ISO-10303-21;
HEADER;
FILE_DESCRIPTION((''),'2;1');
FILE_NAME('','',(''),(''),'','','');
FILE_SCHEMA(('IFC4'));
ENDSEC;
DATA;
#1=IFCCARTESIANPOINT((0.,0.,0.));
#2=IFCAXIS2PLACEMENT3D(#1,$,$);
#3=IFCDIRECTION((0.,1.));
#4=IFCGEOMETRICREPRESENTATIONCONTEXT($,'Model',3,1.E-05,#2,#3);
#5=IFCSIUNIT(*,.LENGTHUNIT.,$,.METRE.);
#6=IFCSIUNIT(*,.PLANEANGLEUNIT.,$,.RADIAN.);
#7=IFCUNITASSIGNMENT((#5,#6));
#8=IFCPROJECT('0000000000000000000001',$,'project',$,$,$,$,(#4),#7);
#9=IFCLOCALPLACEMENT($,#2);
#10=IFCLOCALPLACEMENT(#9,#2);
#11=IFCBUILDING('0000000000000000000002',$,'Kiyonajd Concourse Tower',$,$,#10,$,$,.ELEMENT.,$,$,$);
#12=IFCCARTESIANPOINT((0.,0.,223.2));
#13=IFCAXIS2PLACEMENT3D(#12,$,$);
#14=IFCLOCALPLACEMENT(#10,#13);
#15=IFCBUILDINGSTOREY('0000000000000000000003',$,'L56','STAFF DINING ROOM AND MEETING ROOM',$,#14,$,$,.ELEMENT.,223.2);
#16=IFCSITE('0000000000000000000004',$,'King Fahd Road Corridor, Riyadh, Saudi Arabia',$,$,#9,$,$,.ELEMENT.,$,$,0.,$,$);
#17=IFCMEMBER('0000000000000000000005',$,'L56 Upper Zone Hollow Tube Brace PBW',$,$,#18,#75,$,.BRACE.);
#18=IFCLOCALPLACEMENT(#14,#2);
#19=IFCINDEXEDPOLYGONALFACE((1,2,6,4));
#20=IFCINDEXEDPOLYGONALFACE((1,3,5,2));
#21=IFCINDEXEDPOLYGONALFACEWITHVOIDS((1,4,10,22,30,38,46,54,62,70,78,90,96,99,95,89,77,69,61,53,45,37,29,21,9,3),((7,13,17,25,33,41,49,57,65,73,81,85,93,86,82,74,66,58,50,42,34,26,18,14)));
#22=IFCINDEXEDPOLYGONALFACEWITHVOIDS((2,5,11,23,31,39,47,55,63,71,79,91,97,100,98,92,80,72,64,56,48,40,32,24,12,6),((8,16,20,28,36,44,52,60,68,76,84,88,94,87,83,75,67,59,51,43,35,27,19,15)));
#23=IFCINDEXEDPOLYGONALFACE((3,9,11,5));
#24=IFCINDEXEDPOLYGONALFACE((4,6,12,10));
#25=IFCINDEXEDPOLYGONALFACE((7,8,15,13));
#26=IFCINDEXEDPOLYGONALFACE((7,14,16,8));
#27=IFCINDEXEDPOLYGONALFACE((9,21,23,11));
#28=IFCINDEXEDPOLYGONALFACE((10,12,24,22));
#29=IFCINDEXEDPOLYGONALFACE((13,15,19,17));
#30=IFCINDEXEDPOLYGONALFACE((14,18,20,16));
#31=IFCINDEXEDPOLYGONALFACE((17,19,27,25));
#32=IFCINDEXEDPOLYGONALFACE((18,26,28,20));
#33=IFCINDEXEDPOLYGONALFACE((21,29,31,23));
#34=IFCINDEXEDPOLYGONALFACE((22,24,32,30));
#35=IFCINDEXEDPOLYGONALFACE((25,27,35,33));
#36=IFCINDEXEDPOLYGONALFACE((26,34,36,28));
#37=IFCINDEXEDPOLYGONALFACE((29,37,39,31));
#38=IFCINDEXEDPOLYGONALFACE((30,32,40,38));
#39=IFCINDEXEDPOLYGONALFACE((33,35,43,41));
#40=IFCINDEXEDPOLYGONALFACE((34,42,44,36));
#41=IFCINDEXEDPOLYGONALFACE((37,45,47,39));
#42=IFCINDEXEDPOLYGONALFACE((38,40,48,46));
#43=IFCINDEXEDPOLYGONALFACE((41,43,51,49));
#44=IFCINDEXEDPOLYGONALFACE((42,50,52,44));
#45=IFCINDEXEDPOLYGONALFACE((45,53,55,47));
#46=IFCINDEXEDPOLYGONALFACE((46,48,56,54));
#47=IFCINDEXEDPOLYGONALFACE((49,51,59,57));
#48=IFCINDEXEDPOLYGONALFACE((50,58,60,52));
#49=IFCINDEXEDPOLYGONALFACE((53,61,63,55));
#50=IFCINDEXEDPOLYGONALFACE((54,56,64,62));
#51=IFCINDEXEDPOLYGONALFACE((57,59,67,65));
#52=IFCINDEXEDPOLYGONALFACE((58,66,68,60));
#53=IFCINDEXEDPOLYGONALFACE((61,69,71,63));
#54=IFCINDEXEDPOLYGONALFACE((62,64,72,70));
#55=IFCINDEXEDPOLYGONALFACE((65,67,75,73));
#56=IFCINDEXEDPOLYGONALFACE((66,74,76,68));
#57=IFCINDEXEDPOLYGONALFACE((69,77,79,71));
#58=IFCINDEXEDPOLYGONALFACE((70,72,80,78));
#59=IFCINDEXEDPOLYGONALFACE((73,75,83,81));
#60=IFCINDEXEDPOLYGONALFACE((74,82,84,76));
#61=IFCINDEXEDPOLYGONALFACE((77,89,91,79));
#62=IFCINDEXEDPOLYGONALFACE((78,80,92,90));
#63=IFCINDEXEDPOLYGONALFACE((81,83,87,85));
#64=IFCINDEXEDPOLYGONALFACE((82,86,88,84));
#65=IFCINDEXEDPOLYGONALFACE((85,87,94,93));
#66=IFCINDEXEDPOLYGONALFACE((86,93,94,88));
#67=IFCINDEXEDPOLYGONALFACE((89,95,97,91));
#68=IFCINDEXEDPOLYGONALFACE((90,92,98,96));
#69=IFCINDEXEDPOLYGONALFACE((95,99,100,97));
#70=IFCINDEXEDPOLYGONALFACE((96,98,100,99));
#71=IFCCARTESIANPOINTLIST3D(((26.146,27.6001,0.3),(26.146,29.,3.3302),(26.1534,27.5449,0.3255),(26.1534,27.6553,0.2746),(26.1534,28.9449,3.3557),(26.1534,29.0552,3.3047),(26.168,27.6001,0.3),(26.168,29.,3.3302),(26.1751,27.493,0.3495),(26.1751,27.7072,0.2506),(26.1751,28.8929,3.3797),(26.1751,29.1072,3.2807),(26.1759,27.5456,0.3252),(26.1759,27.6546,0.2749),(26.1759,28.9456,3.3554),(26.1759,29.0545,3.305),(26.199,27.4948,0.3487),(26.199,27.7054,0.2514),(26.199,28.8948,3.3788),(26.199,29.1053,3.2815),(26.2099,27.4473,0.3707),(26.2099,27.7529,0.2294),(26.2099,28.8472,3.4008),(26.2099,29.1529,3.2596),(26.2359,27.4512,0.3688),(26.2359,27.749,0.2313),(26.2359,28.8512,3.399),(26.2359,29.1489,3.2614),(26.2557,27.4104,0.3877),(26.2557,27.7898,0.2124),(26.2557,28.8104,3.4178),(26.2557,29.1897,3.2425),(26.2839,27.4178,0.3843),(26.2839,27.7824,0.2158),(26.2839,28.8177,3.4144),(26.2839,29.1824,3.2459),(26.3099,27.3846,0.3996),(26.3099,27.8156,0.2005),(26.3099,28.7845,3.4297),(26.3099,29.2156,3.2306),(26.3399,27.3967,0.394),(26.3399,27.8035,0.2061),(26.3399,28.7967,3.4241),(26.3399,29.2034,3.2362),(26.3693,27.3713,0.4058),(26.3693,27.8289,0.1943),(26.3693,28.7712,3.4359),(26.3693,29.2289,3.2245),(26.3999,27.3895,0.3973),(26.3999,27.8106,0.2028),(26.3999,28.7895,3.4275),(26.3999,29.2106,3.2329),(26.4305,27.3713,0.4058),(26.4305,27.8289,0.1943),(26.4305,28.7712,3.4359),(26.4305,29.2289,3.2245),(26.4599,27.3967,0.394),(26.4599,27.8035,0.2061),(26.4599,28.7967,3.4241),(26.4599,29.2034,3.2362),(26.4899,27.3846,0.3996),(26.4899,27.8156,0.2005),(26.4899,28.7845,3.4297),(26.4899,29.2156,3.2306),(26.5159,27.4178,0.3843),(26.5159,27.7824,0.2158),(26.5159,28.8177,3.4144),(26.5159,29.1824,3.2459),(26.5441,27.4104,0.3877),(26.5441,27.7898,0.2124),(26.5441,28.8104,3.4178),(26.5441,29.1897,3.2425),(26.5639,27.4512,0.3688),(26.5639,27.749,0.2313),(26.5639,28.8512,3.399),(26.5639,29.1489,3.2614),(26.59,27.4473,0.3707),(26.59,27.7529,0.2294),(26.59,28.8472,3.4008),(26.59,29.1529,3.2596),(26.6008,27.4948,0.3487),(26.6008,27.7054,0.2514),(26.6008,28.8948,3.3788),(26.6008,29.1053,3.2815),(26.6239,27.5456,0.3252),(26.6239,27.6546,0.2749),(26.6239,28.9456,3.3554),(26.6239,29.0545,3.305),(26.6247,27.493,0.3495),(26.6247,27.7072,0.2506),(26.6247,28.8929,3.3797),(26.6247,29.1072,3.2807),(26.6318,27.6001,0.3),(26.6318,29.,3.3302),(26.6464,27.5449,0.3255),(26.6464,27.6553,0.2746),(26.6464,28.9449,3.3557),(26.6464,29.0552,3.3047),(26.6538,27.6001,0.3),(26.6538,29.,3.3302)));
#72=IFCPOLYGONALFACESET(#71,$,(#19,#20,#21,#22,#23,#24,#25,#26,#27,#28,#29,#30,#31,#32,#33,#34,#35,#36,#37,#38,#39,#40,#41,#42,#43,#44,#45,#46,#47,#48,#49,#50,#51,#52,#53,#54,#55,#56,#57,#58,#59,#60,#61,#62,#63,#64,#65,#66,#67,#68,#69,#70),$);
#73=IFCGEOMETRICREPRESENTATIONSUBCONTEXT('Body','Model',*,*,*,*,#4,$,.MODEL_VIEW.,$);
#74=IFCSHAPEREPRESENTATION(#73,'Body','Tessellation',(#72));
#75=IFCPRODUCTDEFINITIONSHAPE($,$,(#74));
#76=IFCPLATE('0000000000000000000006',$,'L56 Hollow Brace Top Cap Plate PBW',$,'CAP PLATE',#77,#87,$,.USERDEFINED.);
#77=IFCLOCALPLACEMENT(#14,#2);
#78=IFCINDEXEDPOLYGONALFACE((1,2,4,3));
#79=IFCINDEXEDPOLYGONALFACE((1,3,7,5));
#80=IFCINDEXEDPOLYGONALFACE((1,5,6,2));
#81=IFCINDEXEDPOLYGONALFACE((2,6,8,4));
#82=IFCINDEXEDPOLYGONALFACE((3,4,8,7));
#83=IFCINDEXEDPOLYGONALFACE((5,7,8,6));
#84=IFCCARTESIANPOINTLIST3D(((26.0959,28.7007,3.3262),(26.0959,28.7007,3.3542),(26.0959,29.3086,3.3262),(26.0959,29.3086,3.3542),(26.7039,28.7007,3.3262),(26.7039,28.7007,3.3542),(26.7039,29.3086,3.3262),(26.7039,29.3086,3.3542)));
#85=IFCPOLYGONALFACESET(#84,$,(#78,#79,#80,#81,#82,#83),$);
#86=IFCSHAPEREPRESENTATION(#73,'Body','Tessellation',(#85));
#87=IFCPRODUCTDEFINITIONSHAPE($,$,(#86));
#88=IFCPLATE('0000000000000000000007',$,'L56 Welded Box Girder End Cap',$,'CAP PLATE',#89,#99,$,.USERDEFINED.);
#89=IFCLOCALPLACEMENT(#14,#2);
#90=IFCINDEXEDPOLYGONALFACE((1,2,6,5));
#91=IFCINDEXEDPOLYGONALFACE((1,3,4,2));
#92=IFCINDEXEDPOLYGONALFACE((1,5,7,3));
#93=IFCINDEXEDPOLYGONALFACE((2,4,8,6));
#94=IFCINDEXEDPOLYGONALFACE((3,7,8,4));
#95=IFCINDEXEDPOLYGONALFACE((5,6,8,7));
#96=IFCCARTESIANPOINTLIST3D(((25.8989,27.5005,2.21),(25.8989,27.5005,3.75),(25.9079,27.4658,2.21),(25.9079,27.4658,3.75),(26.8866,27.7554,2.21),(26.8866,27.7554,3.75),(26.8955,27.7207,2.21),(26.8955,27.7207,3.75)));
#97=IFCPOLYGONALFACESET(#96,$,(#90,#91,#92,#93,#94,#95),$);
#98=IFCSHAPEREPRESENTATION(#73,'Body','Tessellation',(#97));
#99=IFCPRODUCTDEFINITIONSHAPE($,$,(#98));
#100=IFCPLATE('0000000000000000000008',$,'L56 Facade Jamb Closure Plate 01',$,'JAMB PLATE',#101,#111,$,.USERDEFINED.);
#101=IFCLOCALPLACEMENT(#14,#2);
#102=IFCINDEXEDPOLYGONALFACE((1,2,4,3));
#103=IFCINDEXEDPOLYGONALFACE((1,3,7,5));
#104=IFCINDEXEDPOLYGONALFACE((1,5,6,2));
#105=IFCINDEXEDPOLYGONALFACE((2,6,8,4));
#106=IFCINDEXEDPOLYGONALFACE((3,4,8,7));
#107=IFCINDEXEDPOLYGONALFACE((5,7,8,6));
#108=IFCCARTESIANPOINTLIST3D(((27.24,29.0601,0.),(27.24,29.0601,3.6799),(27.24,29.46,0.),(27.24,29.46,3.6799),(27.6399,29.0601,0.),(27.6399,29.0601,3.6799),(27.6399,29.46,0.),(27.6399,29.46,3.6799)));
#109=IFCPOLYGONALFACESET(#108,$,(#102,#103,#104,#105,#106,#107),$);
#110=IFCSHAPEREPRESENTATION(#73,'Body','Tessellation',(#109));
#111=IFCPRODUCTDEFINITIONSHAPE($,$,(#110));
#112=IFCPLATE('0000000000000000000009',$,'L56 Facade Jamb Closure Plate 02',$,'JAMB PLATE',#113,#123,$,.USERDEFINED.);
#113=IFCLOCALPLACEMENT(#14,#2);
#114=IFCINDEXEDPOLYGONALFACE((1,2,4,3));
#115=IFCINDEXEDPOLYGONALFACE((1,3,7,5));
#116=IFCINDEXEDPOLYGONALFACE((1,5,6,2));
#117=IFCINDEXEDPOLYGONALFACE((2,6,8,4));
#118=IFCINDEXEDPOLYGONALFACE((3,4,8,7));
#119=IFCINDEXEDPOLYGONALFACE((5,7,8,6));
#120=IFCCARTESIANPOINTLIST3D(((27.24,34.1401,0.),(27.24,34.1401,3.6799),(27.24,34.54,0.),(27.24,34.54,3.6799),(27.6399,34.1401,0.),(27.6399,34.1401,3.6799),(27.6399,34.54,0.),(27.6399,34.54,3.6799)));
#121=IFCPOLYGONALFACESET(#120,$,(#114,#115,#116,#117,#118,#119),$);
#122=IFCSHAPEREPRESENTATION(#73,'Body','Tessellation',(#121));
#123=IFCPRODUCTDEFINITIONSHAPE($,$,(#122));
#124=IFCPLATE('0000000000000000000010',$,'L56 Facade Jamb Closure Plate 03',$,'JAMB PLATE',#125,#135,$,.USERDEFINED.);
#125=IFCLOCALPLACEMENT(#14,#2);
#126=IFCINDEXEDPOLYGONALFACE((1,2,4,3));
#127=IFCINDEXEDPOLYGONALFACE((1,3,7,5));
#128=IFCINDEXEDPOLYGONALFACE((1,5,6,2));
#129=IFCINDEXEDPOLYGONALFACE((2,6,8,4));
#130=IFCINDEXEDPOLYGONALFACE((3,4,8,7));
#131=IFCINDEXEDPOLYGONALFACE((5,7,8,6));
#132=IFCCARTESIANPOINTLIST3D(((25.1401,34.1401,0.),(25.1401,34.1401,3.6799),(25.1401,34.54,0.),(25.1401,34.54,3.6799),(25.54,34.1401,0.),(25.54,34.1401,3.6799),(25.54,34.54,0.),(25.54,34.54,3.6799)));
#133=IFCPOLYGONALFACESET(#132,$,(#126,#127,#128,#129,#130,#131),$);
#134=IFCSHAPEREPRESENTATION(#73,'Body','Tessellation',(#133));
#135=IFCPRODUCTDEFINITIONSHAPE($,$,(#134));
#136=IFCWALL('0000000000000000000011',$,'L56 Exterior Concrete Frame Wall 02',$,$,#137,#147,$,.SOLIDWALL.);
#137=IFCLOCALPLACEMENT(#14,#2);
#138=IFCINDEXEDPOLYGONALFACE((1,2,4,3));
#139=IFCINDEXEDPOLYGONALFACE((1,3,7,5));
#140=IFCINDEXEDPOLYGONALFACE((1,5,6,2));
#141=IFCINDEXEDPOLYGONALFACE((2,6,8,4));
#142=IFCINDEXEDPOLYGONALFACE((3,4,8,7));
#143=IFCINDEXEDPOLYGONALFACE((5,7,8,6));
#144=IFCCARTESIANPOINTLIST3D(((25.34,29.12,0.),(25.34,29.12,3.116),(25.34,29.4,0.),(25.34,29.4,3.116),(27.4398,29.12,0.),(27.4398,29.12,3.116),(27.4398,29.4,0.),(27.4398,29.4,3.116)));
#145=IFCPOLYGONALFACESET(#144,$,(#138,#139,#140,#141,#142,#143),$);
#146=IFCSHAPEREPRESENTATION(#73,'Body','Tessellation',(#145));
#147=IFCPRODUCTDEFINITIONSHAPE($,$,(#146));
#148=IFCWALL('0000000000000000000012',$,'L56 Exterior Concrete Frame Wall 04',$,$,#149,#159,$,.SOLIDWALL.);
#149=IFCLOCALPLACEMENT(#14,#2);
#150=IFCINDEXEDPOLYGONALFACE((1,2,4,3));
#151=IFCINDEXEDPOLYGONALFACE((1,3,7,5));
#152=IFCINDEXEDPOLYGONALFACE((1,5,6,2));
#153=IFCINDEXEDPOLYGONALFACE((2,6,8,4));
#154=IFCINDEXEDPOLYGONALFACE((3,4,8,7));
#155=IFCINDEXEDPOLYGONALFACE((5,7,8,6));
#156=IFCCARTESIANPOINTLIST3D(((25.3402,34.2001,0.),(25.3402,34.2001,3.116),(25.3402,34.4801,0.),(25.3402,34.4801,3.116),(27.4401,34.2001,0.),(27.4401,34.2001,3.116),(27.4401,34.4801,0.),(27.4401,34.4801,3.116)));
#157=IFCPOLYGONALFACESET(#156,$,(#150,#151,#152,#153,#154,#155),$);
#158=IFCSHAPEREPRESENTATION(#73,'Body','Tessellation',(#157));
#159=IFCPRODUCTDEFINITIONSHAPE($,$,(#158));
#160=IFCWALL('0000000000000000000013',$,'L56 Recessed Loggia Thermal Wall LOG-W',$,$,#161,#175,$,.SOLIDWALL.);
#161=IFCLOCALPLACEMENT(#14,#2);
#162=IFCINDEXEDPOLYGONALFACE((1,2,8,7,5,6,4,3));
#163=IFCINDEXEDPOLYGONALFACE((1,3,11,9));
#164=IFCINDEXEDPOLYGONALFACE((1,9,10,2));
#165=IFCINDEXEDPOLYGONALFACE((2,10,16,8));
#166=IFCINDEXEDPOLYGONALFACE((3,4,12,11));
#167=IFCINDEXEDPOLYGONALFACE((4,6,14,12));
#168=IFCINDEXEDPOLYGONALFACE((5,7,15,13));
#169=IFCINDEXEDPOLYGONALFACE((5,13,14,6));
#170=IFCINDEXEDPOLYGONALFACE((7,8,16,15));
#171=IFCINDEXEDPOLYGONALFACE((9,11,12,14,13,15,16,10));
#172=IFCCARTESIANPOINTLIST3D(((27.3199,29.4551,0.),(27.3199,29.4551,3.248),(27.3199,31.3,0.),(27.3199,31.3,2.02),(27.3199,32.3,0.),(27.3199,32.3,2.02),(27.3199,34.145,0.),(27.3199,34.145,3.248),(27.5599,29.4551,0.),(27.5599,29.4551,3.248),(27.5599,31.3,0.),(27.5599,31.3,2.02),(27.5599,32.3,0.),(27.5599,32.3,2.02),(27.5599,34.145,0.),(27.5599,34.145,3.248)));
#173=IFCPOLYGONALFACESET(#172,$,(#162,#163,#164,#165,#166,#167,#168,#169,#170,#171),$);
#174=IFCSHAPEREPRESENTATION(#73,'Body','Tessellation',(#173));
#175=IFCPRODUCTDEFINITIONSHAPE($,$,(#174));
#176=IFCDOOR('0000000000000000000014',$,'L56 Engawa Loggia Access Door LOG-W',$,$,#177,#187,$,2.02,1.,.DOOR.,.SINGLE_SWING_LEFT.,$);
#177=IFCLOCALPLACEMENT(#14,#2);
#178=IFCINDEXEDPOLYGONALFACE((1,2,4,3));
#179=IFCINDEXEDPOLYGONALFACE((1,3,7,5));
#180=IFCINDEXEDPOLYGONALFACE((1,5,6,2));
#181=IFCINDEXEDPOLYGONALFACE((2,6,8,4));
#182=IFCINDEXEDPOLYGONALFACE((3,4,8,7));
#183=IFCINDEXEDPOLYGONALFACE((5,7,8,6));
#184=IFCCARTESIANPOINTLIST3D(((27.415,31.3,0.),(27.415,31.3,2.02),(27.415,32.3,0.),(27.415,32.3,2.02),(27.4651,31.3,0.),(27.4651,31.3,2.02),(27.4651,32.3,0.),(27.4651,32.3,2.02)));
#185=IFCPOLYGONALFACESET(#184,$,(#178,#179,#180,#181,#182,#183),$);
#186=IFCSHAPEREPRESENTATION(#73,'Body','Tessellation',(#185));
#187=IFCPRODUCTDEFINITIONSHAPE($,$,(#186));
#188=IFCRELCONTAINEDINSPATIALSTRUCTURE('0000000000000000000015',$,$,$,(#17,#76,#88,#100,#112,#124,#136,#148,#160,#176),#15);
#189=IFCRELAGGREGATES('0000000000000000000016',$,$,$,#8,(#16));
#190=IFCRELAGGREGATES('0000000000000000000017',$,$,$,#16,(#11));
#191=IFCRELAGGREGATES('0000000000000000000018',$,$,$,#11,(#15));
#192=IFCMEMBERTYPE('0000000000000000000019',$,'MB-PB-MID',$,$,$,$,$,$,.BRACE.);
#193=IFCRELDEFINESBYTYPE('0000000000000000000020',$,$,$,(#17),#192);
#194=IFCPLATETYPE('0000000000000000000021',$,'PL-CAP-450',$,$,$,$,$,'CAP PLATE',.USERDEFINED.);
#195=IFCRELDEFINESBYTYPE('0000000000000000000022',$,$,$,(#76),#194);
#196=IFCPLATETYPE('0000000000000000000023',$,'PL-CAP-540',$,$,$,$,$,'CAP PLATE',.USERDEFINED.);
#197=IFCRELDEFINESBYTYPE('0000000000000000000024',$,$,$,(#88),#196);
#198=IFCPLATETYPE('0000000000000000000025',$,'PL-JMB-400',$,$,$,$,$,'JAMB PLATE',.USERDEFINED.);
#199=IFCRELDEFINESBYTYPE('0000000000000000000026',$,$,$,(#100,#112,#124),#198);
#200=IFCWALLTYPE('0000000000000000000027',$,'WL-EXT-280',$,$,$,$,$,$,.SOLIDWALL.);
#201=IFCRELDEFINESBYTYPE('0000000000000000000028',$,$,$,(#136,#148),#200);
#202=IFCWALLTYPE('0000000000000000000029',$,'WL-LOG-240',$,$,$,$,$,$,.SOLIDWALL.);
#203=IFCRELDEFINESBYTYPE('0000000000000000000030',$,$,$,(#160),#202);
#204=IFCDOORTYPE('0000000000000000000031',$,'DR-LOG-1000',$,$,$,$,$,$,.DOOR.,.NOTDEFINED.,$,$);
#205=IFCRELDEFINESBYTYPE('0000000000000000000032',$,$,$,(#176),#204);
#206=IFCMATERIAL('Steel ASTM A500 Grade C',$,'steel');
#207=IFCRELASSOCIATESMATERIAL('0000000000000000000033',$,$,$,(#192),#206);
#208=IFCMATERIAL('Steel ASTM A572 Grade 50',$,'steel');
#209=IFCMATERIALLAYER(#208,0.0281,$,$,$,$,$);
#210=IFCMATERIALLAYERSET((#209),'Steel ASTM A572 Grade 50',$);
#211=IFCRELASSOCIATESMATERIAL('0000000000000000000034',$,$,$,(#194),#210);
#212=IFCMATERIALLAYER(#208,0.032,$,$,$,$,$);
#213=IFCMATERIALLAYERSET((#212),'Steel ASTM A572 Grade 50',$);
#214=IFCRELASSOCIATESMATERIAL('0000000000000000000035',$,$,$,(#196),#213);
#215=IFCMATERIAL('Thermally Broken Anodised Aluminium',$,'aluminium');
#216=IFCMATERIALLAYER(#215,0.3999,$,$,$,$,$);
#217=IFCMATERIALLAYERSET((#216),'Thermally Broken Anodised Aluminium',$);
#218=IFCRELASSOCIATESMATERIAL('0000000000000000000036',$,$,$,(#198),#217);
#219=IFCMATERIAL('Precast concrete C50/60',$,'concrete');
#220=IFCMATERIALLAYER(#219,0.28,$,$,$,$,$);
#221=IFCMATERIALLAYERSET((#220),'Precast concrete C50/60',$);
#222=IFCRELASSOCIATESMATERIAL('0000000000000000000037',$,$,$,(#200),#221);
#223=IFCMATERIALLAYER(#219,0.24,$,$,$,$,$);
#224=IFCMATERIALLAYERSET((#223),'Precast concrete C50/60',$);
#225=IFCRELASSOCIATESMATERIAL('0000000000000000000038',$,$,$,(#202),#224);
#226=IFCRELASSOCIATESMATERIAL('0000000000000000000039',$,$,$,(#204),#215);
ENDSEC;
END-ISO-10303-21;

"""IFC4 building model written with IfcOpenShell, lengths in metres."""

from ifc_helpers import new_model, si_unit, direction, frame, frame_2d, origin, origin_2d, place, context, subcontext, project, spatial, rectangle, hollow_circle, extrude, material, layer, layer_set, material_profile, profile_set, type_object, element, fill, save


model = new_model("IFC4")

# Units and contexts
model_context = context("Model", 3, precision=1e-05, world=origin(), true_north=direction((0.0, 1.0)))
body_context = subcontext(model_context, "Body", "Model", "MODEL_VIEW")
ifc_project = project(units=[si_unit("LENGTHUNIT", "METRE"), si_unit("PLANEANGLEUNIT", "RADIAN")], contexts=[model_context])

# Site, building, storey
site_placement = place(None, origin())
site = spatial("IfcSite", under=ifc_project, at=site_placement, Name="King Fahd Road Corridor, Riyadh, Saudi Arabia", CompositionType="ELEMENT", RefElevation=0.0)
building_placement = place(site_placement, origin())
building = spatial("IfcBuilding", under=site, at=building_placement, Name="Kiyonajd Concourse Tower", CompositionType="ELEMENT")
storey_placement = place(building_placement, frame((0.0, 0.0, 223.2)))
storey = spatial("IfcBuildingStorey", under=building, at=storey_placement, Name="L56", Description="STAFF DINING ROOM AND MEETING ROOM", CompositionType="ELEMENT", Elevation=223.2)

# Shared definitions
ifc_material_1 = material(Name="Steel ASTM A572 Grade 50", Category="steel")

# Shared definitions
ifc_material_2 = material(Name="Thermally Broken Anodised Aluminium", Category="aluminium")

# Member
ifc_material_3 = material(Name="Steel ASTM A500 Grade C", Category="steel")
ifc_material_profile_1 = material_profile(ifc_material_3, hollow_circle(Radius=0.2539, WallThickness=0.022, at=origin_2d()), Name="CHS-508x22")
ifc_profile_set_1 = profile_set([ifc_material_profile_1], Name="Steel ASTM A500 Grade C")
member_type_1 = type_object("IfcMemberType", Name="MB-PB-MID", PredefinedType="BRACE", material=ifc_profile_set_1)
member_1_placement = place(storey_placement, frame((26.3999, 27.6001, 0.3), z_axis=(0.0, 0.419411, 0.907797), x_axis=(-1.0, 0.0, 0.0)))
element("IfcMember", 1, at=member_1_placement, inside=storey, type_object=member_type_1, Name="L56 Upper Zone Hollow Tube Brace PBW", PredefinedType="BRACE", context=body_context, shape_type="SweptSolid", body=[
    extrude(hollow_circle(Radius=0.2539, WallThickness=0.022, at=origin_2d()), origin(), (0.0, 0.0, 1.0), 3.3379),
])

# Plates
ifc_layer_1 = layer(ifc_material_1, 0.0281)
ifc_layer_set_1 = layer_set([ifc_layer_1], Name="Steel ASTM A572 Grade 50")
plate_type_1 = type_object("IfcPlateType", Name="PL-CAP-450", ElementType="CAP PLATE", PredefinedType="USERDEFINED", material=ifc_layer_set_1)
plate_1_placement = place(storey_placement, frame((26.3999, 29.0046, 3.3262), z_axis=(0.0, 0.0, 1.0), x_axis=(1.0, 0.0, 0.0)))
element("IfcPlate", 2, at=plate_1_placement, inside=storey, type_object=plate_type_1, Name="L56 Hollow Brace Top Cap Plate PBW", ObjectType="CAP PLATE", PredefinedType="USERDEFINED", context=body_context, shape_type="SweptSolid", body=[
    extrude(rectangle(XDim=0.6079, YDim=0.6079, at=origin_2d()), origin(), (0.0, 0.0, 1.0), 0.0281),
])
ifc_layer_2 = layer(ifc_material_1, 0.032)
ifc_layer_set_2 = layer_set([ifc_layer_2], Name="Steel ASTM A572 Grade 50")
plate_type_2 = type_object("IfcPlateType", Name="PL-CAP-540", ElementType="CAP PLATE", PredefinedType="USERDEFINED", material=ifc_layer_set_2)
plate_2_placement = place(storey_placement, frame((26.3972, 27.6106, 2.21), z_axis=(0.0, 0.0, 1.0), x_axis=(-0.249873, 0.968279, 0.0)))
element("IfcPlate", 3, at=plate_2_placement, inside=storey, type_object=plate_type_2, Name="L56 Welded Box Girder End Cap", ObjectType="CAP PLATE", PredefinedType="USERDEFINED", context=body_context, shape_type="SweptSolid", body=[
    extrude(rectangle(XDim=0.0359, YDim=1.02, at=origin_2d()), origin(), (0.0, 0.0, 1.0), 1.54),
])
ifc_layer_3 = layer(ifc_material_2, 0.3999)
ifc_layer_set_3 = layer_set([ifc_layer_3], Name="Thermally Broken Anodised Aluminium")
plate_type_3 = type_object("IfcPlateType", Name="PL-JMB-400", ElementType="JAMB PLATE", PredefinedType="USERDEFINED", material=ifc_layer_set_3)
for number, where, z_axis, x_axis, name in (
    (4, (27.4399, 29.26, 0.0), (0.0, 0.0, 1.0), (1.0, 0.0, 0.0), "L56 Facade Jamb Closure Plate 01"),
    (5, (27.4399, 34.3401, 0.0), (0.0, 0.0, 1.0), (1.0, 0.0, 0.0), "L56 Facade Jamb Closure Plate 02"),
    (6, (25.3401, 34.3401, 0.0), (0.0, 0.0, 1.0), (1.0, 0.0, 0.0), "L56 Facade Jamb Closure Plate 03"),
):
    element("IfcPlate", number, at=place(storey_placement, frame(where, z_axis=z_axis, x_axis=x_axis)), inside=storey, type_object=plate_type_3, Name=name, ObjectType="JAMB PLATE", PredefinedType="USERDEFINED", context=body_context, shape_type="SweptSolid", body=[
        extrude(rectangle(XDim=0.3999, YDim=0.3999, at=origin_2d()), origin(), (0.0, 0.0, 1.0), 3.6799),
    ])

# Walls
ifc_material_4 = material(Name="Precast concrete C50/60", Category="concrete")
ifc_layer_4 = layer(ifc_material_4, 0.28)
ifc_layer_set_4 = layer_set([ifc_layer_4], Name="Precast concrete C50/60")
wall_type_1 = type_object("IfcWallType", Name="WL-EXT-280", PredefinedType="SOLIDWALL", material=ifc_layer_set_4)
for number, where, z_axis, x_axis, name in (
    (7, (25.3401, 29.26, 0.0), (0.0, 0.0, 1.0), (1.0, 0.0, 0.0), "L56 Exterior Concrete Frame Wall 02"),
    (8, (27.4399, 34.3401, 0.0), (0.0, 0.0, 1.0), (-1.0, 0.0, 0.0), "L56 Exterior Concrete Frame Wall 04"),
):
    element("IfcWall", number, at=place(storey_placement, frame(where, z_axis=z_axis, x_axis=x_axis)), inside=storey, type_object=wall_type_1, Name=name, PredefinedType="SOLIDWALL", context=body_context, shape_type="SweptSolid", body=[
        extrude(rectangle(XDim=2.0999, YDim=0.28, at=frame_2d((1.0498, 0.0))), origin(), (0.0, 0.0, 1.0), 3.116),
    ])

# Wall, opening, door
ifc_layer_5 = layer(ifc_material_4, 0.24)
ifc_layer_set_5 = layer_set([ifc_layer_5], Name="Precast concrete C50/60")
wall_type_2 = type_object("IfcWallType", Name="WL-LOG-240", PredefinedType="SOLIDWALL", material=ifc_layer_set_5)
wall_1_placement = place(storey_placement, frame((27.4399, 29.4551, 0.0), z_axis=(0.0, 0.0, 1.0), x_axis=(0.0, 1.0, 0.0)))
wall_1 = element("IfcWall", 9, at=wall_1_placement, inside=storey, type_object=wall_type_2, Name="L56 Recessed Loggia Thermal Wall LOG-W", PredefinedType="SOLIDWALL", context=body_context, shape_type="SweptSolid", body=[
    extrude(rectangle(XDim=4.6899, YDim=0.24, at=frame_2d((2.345, 0.0))), origin(), (0.0, 0.0, 1.0), 3.248),
])
opening_placement = place(wall_1_placement, frame((1.845, 0.0, 0.0)))
opening = element("IfcOpeningElement", 10, at=opening_placement, cuts=wall_1, PredefinedType="OPENING", context=body_context, shape_type="SweptSolid", body=[
    extrude(rectangle(XDim=1.0, YDim=2.02, at=frame_2d((0.5, 1.01))), frame((0.0, 0.1299, 0.0), z_axis=(0.0, -1.0, 0.0), x_axis=(1.0, 0.0, 0.0)), (0.0, 0.0, 1.0), 0.26),
])
door_type = type_object("IfcDoorType", Name="DR-LOG-1000", OperationType="NOTDEFINED", PredefinedType="DOOR", material=ifc_material_2)
door_placement = place(opening_placement, origin())
door = element("IfcDoor", 11, at=door_placement, inside=storey, type_object=door_type, Name="L56 Engawa Loggia Access Door LOG-W", OperationType="SINGLE_SWING_LEFT", OverallHeight=2.02, OverallWidth=1.0, PredefinedType="DOOR", context=body_context, shape_type="SweptSolid", body=[
    extrude(rectangle(XDim=1.0, YDim=2.02, at=frame_2d((0.5, 1.01))), frame((0.0, 0.0249, 0.0), z_axis=(0.0, -1.0, 0.0), x_axis=(1.0, 0.0, 0.0)), (0.0, 0.0, 1.0), 0.05),
])
fill(opening, door)

save(model, "model.ifc")
